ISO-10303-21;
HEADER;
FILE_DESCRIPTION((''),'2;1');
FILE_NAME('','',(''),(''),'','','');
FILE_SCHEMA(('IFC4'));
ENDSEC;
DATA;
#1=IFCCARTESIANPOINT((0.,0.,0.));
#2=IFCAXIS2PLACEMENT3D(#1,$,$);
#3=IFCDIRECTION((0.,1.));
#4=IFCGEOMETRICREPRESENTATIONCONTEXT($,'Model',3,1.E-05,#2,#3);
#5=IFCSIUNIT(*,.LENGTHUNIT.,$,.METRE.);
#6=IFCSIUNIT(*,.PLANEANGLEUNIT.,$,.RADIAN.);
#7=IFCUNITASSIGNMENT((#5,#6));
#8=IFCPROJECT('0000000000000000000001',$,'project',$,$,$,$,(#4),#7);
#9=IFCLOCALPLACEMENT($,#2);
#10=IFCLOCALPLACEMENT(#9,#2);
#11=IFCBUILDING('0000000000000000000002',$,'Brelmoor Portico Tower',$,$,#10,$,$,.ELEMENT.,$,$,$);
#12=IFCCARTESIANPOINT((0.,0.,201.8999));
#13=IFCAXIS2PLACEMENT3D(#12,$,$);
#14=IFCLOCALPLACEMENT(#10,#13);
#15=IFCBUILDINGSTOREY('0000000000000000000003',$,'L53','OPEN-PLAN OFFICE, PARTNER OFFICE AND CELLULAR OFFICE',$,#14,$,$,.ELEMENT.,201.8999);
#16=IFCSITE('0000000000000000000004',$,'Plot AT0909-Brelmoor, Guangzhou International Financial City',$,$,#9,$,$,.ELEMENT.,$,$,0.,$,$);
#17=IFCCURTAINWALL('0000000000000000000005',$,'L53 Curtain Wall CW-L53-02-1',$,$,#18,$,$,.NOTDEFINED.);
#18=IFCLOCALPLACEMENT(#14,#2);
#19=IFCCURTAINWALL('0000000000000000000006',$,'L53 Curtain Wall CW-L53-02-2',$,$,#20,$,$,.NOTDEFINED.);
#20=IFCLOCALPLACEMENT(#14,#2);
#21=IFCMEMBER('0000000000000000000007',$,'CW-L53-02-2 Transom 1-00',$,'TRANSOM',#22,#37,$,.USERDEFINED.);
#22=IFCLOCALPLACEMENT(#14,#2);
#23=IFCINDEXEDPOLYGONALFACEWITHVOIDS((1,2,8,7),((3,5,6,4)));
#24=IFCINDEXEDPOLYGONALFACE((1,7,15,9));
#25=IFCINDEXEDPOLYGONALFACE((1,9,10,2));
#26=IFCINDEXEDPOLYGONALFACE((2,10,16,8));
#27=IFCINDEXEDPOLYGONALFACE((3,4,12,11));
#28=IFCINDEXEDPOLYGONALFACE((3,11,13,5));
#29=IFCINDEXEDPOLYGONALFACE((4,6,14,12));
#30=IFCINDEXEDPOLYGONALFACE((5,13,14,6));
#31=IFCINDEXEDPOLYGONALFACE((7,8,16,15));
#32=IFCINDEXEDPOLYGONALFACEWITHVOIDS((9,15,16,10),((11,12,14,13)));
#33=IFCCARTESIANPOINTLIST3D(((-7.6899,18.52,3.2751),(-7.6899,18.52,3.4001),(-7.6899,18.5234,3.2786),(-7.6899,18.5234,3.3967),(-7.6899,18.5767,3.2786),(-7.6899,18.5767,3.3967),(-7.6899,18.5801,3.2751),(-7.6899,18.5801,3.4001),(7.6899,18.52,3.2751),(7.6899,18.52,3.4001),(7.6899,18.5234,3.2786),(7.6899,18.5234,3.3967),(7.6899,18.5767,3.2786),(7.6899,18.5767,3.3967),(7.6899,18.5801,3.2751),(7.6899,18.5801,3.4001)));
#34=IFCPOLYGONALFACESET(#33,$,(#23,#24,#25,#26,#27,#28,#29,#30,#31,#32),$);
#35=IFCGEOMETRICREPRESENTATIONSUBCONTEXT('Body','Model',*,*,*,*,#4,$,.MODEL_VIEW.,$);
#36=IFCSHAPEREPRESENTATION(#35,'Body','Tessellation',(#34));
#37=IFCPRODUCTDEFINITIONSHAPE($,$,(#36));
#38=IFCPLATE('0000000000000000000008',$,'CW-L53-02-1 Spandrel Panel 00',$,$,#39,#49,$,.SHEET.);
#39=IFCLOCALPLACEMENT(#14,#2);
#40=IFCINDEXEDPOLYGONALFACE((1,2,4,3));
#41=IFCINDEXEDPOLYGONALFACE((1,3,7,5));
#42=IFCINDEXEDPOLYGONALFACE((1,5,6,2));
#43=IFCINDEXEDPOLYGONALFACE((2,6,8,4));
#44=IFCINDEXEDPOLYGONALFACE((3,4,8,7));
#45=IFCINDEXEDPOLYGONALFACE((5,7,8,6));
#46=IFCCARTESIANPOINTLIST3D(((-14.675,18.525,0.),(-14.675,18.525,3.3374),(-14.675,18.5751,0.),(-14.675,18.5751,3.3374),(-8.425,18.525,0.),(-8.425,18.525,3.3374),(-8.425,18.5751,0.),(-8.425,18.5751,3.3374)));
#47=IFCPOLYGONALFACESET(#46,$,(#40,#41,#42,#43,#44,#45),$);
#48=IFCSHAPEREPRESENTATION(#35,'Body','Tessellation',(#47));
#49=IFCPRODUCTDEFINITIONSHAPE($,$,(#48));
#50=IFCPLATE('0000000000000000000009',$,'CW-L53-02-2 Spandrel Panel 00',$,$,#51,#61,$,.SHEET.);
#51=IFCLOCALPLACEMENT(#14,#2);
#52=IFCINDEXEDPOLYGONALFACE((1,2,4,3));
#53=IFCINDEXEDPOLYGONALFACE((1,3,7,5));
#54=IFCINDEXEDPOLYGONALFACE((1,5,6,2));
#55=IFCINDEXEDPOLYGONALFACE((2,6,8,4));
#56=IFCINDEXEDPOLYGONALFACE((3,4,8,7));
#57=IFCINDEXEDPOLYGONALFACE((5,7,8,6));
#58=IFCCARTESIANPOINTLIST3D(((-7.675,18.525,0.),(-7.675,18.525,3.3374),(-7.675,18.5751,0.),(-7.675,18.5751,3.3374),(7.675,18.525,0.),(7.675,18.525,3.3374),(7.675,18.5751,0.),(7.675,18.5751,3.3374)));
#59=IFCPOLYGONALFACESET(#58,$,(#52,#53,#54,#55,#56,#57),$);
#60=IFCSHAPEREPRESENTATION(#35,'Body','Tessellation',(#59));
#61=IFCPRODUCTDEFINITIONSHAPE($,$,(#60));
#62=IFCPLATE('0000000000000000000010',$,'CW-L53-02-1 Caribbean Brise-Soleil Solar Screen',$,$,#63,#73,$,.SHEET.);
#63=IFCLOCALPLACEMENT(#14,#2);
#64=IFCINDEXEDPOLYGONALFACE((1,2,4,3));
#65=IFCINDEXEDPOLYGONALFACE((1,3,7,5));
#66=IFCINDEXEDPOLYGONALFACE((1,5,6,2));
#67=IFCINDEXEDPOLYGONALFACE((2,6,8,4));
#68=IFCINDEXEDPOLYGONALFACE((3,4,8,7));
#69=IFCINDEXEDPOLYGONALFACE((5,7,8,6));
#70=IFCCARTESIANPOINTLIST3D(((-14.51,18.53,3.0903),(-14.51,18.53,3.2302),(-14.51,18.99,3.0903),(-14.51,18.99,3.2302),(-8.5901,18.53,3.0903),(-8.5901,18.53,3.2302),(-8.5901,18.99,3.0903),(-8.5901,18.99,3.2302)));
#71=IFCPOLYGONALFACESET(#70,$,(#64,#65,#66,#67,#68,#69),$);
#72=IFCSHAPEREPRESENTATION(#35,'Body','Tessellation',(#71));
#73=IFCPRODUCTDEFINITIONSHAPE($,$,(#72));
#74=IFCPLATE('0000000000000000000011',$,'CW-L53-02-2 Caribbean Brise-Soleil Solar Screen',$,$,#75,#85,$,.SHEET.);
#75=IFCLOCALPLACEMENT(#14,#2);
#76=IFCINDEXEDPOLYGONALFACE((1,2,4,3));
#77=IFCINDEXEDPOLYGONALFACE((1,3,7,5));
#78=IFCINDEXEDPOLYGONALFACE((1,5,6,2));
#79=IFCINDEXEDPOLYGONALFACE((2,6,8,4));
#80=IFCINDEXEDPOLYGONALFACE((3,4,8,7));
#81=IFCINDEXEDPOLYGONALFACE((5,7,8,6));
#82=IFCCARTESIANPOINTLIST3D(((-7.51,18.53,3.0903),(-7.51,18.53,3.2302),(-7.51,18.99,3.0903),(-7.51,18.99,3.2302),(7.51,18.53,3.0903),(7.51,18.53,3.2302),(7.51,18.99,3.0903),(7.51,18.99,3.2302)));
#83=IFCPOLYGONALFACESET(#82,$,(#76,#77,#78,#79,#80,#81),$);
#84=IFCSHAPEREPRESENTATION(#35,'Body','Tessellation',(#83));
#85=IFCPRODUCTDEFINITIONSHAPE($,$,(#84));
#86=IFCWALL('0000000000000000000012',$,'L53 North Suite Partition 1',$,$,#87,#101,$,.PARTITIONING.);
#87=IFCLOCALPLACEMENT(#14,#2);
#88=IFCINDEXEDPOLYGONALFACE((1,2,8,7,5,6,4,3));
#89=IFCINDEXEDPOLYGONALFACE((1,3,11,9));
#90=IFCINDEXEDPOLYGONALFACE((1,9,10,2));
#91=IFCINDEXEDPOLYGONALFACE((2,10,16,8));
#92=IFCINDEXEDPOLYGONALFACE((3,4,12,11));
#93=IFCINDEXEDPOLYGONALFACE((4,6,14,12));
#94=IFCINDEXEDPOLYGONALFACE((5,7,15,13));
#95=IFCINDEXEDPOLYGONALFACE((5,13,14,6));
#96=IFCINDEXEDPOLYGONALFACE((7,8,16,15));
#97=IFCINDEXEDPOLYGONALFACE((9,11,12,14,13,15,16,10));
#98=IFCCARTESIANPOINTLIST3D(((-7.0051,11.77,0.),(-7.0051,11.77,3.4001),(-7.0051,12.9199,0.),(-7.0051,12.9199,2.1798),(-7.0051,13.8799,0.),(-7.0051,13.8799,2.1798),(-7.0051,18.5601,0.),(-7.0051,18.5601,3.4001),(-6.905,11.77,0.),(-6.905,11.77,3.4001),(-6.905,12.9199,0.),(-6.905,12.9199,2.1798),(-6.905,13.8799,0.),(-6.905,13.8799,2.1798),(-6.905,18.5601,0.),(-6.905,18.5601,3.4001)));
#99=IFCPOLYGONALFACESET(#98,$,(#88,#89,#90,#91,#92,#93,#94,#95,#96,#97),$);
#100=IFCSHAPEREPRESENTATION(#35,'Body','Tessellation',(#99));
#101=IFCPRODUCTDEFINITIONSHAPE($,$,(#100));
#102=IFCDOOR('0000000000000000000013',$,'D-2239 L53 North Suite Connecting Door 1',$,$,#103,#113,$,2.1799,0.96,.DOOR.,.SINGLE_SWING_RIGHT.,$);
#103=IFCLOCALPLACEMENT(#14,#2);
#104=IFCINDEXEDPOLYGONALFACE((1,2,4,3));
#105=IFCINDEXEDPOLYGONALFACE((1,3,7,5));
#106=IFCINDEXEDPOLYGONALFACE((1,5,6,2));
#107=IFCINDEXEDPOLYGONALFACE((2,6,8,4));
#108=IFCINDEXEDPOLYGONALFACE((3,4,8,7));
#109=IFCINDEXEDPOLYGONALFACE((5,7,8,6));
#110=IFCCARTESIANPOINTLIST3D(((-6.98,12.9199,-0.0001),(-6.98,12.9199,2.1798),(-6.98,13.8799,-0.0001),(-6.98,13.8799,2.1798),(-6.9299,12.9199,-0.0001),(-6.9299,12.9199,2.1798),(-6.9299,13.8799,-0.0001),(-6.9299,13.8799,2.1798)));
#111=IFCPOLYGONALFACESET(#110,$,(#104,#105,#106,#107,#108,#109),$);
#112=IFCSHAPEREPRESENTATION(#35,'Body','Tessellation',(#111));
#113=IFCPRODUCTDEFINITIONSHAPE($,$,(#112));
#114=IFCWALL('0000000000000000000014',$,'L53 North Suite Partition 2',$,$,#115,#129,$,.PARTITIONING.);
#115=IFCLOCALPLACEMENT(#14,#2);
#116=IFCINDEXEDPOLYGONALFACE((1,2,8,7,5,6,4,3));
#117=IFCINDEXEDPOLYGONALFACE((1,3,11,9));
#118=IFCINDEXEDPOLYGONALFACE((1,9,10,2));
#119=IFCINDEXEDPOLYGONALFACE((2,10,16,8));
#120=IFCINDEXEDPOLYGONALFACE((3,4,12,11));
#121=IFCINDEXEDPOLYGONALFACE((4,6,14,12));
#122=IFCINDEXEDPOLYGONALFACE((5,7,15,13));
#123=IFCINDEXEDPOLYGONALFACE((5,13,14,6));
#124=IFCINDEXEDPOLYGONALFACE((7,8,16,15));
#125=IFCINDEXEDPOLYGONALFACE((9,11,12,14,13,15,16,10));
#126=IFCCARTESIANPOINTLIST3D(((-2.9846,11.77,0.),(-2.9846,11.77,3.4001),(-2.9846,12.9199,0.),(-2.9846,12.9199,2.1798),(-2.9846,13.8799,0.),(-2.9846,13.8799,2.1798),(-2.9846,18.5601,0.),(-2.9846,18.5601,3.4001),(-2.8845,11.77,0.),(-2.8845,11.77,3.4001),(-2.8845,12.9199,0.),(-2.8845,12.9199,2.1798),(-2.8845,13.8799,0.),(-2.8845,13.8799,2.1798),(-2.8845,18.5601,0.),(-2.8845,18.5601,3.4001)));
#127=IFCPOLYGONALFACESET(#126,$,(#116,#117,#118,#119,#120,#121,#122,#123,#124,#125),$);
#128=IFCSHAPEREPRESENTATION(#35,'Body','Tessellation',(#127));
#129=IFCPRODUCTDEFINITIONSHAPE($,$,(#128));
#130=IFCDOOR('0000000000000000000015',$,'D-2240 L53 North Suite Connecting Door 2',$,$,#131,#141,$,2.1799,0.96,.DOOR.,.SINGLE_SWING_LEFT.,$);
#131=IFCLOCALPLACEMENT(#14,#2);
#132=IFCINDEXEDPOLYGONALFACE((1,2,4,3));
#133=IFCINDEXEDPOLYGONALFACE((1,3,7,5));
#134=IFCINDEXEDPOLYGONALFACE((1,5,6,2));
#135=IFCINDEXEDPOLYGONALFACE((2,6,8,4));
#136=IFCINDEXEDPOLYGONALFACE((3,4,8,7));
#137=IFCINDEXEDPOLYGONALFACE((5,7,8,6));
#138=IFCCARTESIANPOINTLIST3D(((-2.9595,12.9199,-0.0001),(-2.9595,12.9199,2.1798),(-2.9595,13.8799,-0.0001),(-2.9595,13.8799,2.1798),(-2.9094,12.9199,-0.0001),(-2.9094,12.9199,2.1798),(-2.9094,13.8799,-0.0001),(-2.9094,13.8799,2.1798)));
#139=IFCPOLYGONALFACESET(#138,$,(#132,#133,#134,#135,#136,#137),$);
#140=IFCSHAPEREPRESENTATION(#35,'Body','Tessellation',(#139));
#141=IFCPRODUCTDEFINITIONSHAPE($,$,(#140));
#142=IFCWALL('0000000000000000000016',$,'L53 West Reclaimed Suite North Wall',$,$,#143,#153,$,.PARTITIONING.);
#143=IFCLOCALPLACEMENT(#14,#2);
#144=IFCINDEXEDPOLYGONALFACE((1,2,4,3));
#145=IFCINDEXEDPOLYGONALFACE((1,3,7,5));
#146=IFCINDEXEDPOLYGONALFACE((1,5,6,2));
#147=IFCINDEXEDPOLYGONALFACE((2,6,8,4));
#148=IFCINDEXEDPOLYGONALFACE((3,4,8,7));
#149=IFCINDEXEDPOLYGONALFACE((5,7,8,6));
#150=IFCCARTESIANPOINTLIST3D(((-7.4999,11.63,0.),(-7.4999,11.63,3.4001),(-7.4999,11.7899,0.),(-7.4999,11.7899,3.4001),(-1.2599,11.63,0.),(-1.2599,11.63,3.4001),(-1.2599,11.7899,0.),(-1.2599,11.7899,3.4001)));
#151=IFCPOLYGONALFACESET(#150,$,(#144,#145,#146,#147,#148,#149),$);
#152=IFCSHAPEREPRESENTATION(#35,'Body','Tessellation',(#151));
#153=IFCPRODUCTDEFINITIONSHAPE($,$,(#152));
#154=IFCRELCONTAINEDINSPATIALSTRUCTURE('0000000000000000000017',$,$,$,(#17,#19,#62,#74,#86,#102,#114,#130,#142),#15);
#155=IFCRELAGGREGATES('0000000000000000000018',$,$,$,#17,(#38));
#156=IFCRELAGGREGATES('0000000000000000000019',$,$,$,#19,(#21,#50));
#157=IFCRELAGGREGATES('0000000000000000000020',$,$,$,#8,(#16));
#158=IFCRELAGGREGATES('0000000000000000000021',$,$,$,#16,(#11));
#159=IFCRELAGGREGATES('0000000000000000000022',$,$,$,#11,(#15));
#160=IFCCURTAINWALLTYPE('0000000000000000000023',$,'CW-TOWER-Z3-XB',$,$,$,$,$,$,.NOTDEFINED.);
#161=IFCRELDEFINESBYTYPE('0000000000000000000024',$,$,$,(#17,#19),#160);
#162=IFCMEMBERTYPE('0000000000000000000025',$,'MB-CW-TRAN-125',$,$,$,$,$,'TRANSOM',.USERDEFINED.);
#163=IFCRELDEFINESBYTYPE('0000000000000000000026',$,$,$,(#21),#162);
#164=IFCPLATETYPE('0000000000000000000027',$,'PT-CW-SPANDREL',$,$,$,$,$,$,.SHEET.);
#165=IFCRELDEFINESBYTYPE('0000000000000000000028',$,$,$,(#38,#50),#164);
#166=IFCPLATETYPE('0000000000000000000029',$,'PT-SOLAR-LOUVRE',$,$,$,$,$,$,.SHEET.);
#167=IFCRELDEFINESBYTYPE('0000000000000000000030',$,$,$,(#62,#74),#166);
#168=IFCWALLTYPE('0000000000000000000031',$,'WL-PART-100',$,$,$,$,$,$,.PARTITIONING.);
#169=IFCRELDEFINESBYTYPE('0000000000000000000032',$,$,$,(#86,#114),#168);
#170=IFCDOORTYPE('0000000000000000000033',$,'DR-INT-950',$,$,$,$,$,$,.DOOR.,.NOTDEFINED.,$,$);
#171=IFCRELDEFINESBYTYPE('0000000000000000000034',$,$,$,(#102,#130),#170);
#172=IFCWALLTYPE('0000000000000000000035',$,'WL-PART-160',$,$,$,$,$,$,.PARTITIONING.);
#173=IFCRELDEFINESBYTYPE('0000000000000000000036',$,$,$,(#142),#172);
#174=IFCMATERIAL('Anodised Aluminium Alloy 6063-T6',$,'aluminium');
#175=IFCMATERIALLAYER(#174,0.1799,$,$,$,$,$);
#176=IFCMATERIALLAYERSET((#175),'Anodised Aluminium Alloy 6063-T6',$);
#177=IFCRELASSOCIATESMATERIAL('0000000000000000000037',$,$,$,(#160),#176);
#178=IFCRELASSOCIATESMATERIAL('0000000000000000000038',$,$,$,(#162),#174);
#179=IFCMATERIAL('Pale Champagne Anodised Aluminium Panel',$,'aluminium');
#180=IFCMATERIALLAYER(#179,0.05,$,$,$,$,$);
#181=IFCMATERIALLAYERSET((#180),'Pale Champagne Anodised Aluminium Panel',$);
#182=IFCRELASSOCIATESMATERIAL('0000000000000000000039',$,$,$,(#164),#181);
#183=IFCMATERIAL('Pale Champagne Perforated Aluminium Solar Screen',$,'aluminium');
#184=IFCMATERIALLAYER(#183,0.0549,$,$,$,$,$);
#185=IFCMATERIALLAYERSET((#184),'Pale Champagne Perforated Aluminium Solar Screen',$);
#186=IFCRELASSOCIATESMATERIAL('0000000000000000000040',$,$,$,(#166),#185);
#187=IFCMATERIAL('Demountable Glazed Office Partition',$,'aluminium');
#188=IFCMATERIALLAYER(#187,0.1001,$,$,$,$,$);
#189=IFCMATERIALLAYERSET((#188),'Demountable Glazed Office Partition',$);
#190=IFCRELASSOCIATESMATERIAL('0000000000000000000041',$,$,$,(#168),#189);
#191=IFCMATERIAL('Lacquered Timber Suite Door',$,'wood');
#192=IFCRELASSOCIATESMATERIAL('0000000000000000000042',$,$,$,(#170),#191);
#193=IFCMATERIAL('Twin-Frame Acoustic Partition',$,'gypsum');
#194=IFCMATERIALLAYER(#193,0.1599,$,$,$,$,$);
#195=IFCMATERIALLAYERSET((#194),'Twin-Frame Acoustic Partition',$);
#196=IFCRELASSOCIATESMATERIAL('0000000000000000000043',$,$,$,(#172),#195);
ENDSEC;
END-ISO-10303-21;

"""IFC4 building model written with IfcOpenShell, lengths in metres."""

from ifc_helpers import new_model, si_unit, direction, frame, frame_2d, origin, origin_2d, place, context, subcontext, project, spatial, rectangle, hollow_rectangle, extrude, material, layer, layer_set, material_profile, profile_set, type_object, element, fill, aggregate, save


model = new_model("IFC4")

# Units and contexts
model_context = context("Model", 3, precision=1e-05, world=origin(), true_north=direction((0.0, 1.0)))
body_context = subcontext(model_context, "Body", "Model", "MODEL_VIEW")
ifc_project = project(units=[si_unit("LENGTHUNIT", "METRE"), si_unit("PLANEANGLEUNIT", "RADIAN")], contexts=[model_context])

# Site, building, storey
site_placement = place(None, origin())
site = spatial("IfcSite", under=ifc_project, at=site_placement, Name="Plot AT0909-Brelmoor, Guangzhou International Financial City", CompositionType="ELEMENT", RefElevation=0.0)
building_placement = place(site_placement, origin())
building = spatial("IfcBuilding", under=site, at=building_placement, Name="Brelmoor Portico Tower", CompositionType="ELEMENT")
storey_placement = place(building_placement, frame((0.0, 0.0, 201.8999)))
storey = spatial("IfcBuildingStorey", under=building, at=storey_placement, Name="L53", Description="OPEN-PLAN OFFICE, PARTNER OFFICE AND CELLULAR OFFICE", CompositionType="ELEMENT", Elevation=201.8999)

# Curtain wall
ifc_material_1 = material(Name="Anodised Aluminium Alloy 6063-T6", Category="aluminium")
ifc_layer_1 = layer(ifc_material_1, 0.1799)
ifc_layer_set_1 = layer_set([ifc_layer_1], Name="Anodised Aluminium Alloy 6063-T6")
curtain_wall_type = type_object("IfcCurtainWallType", Name="CW-TOWER-Z3-XB", PredefinedType="NOTDEFINED", material=ifc_layer_set_1)
curtain_wall_1_placement = place(storey_placement, origin())
curtain_wall_1 = element("IfcCurtainWall", 1, at=curtain_wall_1_placement, inside=storey, type_object=curtain_wall_type, Name="L53 Curtain Wall CW-L53-02-1", PredefinedType="NOTDEFINED")

# Curtain wall, member
curtain_wall_2_placement = place(storey_placement, origin())
curtain_wall_2 = element("IfcCurtainWall", 2, at=curtain_wall_2_placement, inside=storey, type_object=curtain_wall_type, Name="L53 Curtain Wall CW-L53-02-2", PredefinedType="NOTDEFINED")
ifc_material_profile_1 = material_profile(ifc_material_1, hollow_rectangle(XDim=0.0601, YDim=0.125, WallThickness=0.0034, at=origin_2d()), Name="ALU TRANSOM 60x125")
ifc_profile_set_1 = profile_set([ifc_material_profile_1], Name="Anodised Aluminium Alloy 6063-T6")
member_type_1 = type_object("IfcMemberType", Name="MB-CW-TRAN-125", ElementType="TRANSOM", PredefinedType="USERDEFINED", material=ifc_profile_set_1)
member_1_placement = place(storey_placement, frame((-7.6899, 18.55, 3.3376), z_axis=(1.0, 0.0, 0.0), x_axis=(0.0, 1.0, 0.0)))
member_1 = element("IfcMember", 3, at=member_1_placement, type_object=member_type_1, Name="CW-L53-02-2 Transom 1-00", ObjectType="TRANSOM", PredefinedType="USERDEFINED", context=body_context, shape_type="SweptSolid", body=[
    extrude(hollow_rectangle(XDim=0.0601, YDim=0.125, WallThickness=0.0034, at=origin_2d()), origin(), (0.0, 0.0, 1.0), 15.3799),
])

# Plates
ifc_material_2 = material(Name="Pale Champagne Anodised Aluminium Panel", Category="aluminium")
ifc_layer_2 = layer(ifc_material_2, 0.05)
ifc_layer_set_2 = layer_set([ifc_layer_2], Name="Pale Champagne Anodised Aluminium Panel")
plate_type_1 = type_object("IfcPlateType", Name="PT-CW-SPANDREL", PredefinedType="SHEET", material=ifc_layer_set_2)
plate_1_placement = place(storey_placement, frame((-11.55, 18.55, 0.0), z_axis=(0.0, 0.0, 1.0), x_axis=(1.0, 0.0, 0.0)))
plate_1 = element("IfcPlate", 4, at=plate_1_placement, type_object=plate_type_1, Name="CW-L53-02-1 Spandrel Panel 00", PredefinedType="SHEET", context=body_context, shape_type="SweptSolid", body=[
    extrude(rectangle(XDim=6.25, YDim=0.05, at=origin_2d()), origin(), (0.0, 0.0, 1.0), 3.3374),
])
aggregate(curtain_wall_1, [plate_1])
plate_2_placement = place(storey_placement, frame((0.0, 18.55, 0.0), z_axis=(0.0, 0.0, 1.0), x_axis=(1.0, 0.0, 0.0)))
plate_2 = element("IfcPlate", 5, at=plate_2_placement, type_object=plate_type_1, Name="CW-L53-02-2 Spandrel Panel 00", PredefinedType="SHEET", context=body_context, shape_type="SweptSolid", body=[
    extrude(rectangle(XDim=15.3501, YDim=0.05, at=origin_2d()), origin(), (0.0, 0.0, 1.0), 3.3374),
])
aggregate(curtain_wall_2, [member_1, plate_2])

# Plates
ifc_material_3 = material(Name="Pale Champagne Perforated Aluminium Solar Screen", Category="aluminium")
ifc_layer_3 = layer(ifc_material_3, 0.0549)
ifc_layer_set_3 = layer_set([ifc_layer_3], Name="Pale Champagne Perforated Aluminium Solar Screen")
plate_type_2 = type_object("IfcPlateType", Name="PT-SOLAR-LOUVRE", PredefinedType="SHEET", material=ifc_layer_set_3)
plate_3_placement = place(storey_placement, frame((-11.55, 18.76, 3.0903), z_axis=(0.0, 0.0, 1.0), x_axis=(1.0, 0.0, 0.0)))
element("IfcPlate", 6, at=plate_3_placement, inside=storey, type_object=plate_type_2, Name="CW-L53-02-1 Caribbean Brise-Soleil Solar Screen", PredefinedType="SHEET", context=body_context, shape_type="SweptSolid", body=[
    extrude(rectangle(XDim=5.9199, YDim=0.46, at=origin_2d()), origin(), (0.0, 0.0, 1.0), 0.1399),
])
plate_4_placement = place(storey_placement, frame((0.0, 18.76, 3.0903), z_axis=(0.0, 0.0, 1.0), x_axis=(1.0, 0.0, 0.0)))
element("IfcPlate", 7, at=plate_4_placement, inside=storey, type_object=plate_type_2, Name="CW-L53-02-2 Caribbean Brise-Soleil Solar Screen", PredefinedType="SHEET", context=body_context, shape_type="SweptSolid", body=[
    extrude(rectangle(XDim=15.02, YDim=0.46, at=origin_2d()), origin(), (0.0, 0.0, 1.0), 0.1399),
])

# Walls, openings, doors
ifc_material_4 = material(Name="Demountable Glazed Office Partition", Category="aluminium")
ifc_layer_4 = layer(ifc_material_4, 0.1001)
ifc_layer_set_4 = layer_set([ifc_layer_4], Name="Demountable Glazed Office Partition")
wall_type_1 = type_object("IfcWallType", Name="WL-PART-100", PredefinedType="PARTITIONING", material=ifc_layer_set_4)
wall_1_placement = place(storey_placement, frame((-6.9551, 11.77, 0.0), z_axis=(0.0, 0.0, 1.0), x_axis=(0.0, 1.0, 0.0)))
wall_1 = element("IfcWall", 8, at=wall_1_placement, inside=storey, type_object=wall_type_1, Name="L53 North Suite Partition 1", PredefinedType="PARTITIONING", context=body_context, shape_type="SweptSolid", body=[
    extrude(rectangle(XDim=6.79, YDim=0.1001, at=frame_2d((3.395, 0.0))), origin(), (0.0, 0.0, 1.0), 3.4001),
])
opening_1_placement = place(wall_1_placement, frame((1.1499, 0.0, 0.0)))
opening_1 = element("IfcOpeningElement", 9, at=opening_1_placement, cuts=wall_1, PredefinedType="OPENING", context=body_context, shape_type="SweptSolid", body=[
    extrude(rectangle(XDim=0.96, YDim=2.1799, at=frame_2d((0.48, 1.0898))), frame((0.0, 0.0601, 0.0), z_axis=(0.0, -1.0, 0.0), x_axis=(1.0, 0.0, 0.0)), (0.0, 0.0, 1.0), 0.1201),
])
ifc_material_5 = material(Name="Lacquered Timber Suite Door", Category="wood")
door_type_1 = type_object("IfcDoorType", Name="DR-INT-950", OperationType="NOTDEFINED", PredefinedType="DOOR", material=ifc_material_5)
door_1_placement = place(opening_1_placement, origin())
door_1 = element("IfcDoor", 10, at=door_1_placement, inside=storey, type_object=door_type_1, Name="D-2239 L53 North Suite Connecting Door 1", OperationType="SINGLE_SWING_RIGHT", OverallHeight=2.1799, OverallWidth=0.96, PredefinedType="DOOR", context=body_context, shape_type="SweptSolid", body=[
    extrude(rectangle(XDim=0.96, YDim=2.1799, at=frame_2d((0.48, 1.0898))), frame((0.0, 0.0249, 0.0), z_axis=(0.0, -1.0, 0.0), x_axis=(1.0, 0.0, 0.0)), (0.0, 0.0, 1.0), 0.05),
])
fill(opening_1, door_1)
wall_2_placement = place(storey_placement, frame((-2.9346, 11.77, 0.0), z_axis=(0.0, 0.0, 1.0), x_axis=(0.0, 1.0, 0.0)))
wall_2 = element("IfcWall", 11, at=wall_2_placement, inside=storey, type_object=wall_type_1, Name="L53 North Suite Partition 2", PredefinedType="PARTITIONING", context=body_context, shape_type="SweptSolid", body=[
    extrude(rectangle(XDim=6.79, YDim=0.1001, at=frame_2d((3.395, 0.0))), origin(), (0.0, 0.0, 1.0), 3.4001),
])
opening_2_placement = place(wall_2_placement, frame((1.1499, 0.0, 0.0)))
opening_2 = element("IfcOpeningElement", 12, at=opening_2_placement, cuts=wall_2, PredefinedType="OPENING", context=body_context, shape_type="SweptSolid", body=[
    extrude(rectangle(XDim=0.96, YDim=2.1799, at=frame_2d((0.48, 1.0898))), frame((0.0, 0.0601, 0.0), z_axis=(0.0, -1.0, 0.0), x_axis=(1.0, 0.0, 0.0)), (0.0, 0.0, 1.0), 0.1201),
])
door_2_placement = place(opening_2_placement, origin())
door_2 = element("IfcDoor", 13, at=door_2_placement, inside=storey, type_object=door_type_1, Name="D-2240 L53 North Suite Connecting Door 2", OperationType="SINGLE_SWING_LEFT", OverallHeight=2.1799, OverallWidth=0.96, PredefinedType="DOOR", context=body_context, shape_type="SweptSolid", body=[
    extrude(rectangle(XDim=0.96, YDim=2.1799, at=frame_2d((0.48, 1.0898))), frame((0.0, 0.0249, 0.0), z_axis=(0.0, -1.0, 0.0), x_axis=(1.0, 0.0, 0.0)), (0.0, 0.0, 1.0), 0.05),
])
fill(opening_2, door_2)

# Wall
ifc_material_6 = material(Name="Twin-Frame Acoustic Partition", Category="gypsum")
ifc_layer_5 = layer(ifc_material_6, 0.1599)
ifc_layer_set_5 = layer_set([ifc_layer_5], Name="Twin-Frame Acoustic Partition")
wall_type_2 = type_object("IfcWallType", Name="WL-PART-160", PredefinedType="PARTITIONING", material=ifc_layer_set_5)
wall_3_placement = place(storey_placement, frame((-7.5, 11.71, 0.0), z_axis=(0.0, 0.0, 1.0), x_axis=(1.0, 0.0, 0.0)))
element("IfcWall", 14, at=wall_3_placement, inside=storey, type_object=wall_type_2, Name="L53 West Reclaimed Suite North Wall", PredefinedType="PARTITIONING", context=body_context, shape_type="SweptSolid", body=[
    extrude(rectangle(XDim=6.24, YDim=0.1599, at=frame_2d((3.1201, 0.0))), origin(), (0.0, 0.0, 1.0), 3.4001),
])

save(model, "model.ifc")
